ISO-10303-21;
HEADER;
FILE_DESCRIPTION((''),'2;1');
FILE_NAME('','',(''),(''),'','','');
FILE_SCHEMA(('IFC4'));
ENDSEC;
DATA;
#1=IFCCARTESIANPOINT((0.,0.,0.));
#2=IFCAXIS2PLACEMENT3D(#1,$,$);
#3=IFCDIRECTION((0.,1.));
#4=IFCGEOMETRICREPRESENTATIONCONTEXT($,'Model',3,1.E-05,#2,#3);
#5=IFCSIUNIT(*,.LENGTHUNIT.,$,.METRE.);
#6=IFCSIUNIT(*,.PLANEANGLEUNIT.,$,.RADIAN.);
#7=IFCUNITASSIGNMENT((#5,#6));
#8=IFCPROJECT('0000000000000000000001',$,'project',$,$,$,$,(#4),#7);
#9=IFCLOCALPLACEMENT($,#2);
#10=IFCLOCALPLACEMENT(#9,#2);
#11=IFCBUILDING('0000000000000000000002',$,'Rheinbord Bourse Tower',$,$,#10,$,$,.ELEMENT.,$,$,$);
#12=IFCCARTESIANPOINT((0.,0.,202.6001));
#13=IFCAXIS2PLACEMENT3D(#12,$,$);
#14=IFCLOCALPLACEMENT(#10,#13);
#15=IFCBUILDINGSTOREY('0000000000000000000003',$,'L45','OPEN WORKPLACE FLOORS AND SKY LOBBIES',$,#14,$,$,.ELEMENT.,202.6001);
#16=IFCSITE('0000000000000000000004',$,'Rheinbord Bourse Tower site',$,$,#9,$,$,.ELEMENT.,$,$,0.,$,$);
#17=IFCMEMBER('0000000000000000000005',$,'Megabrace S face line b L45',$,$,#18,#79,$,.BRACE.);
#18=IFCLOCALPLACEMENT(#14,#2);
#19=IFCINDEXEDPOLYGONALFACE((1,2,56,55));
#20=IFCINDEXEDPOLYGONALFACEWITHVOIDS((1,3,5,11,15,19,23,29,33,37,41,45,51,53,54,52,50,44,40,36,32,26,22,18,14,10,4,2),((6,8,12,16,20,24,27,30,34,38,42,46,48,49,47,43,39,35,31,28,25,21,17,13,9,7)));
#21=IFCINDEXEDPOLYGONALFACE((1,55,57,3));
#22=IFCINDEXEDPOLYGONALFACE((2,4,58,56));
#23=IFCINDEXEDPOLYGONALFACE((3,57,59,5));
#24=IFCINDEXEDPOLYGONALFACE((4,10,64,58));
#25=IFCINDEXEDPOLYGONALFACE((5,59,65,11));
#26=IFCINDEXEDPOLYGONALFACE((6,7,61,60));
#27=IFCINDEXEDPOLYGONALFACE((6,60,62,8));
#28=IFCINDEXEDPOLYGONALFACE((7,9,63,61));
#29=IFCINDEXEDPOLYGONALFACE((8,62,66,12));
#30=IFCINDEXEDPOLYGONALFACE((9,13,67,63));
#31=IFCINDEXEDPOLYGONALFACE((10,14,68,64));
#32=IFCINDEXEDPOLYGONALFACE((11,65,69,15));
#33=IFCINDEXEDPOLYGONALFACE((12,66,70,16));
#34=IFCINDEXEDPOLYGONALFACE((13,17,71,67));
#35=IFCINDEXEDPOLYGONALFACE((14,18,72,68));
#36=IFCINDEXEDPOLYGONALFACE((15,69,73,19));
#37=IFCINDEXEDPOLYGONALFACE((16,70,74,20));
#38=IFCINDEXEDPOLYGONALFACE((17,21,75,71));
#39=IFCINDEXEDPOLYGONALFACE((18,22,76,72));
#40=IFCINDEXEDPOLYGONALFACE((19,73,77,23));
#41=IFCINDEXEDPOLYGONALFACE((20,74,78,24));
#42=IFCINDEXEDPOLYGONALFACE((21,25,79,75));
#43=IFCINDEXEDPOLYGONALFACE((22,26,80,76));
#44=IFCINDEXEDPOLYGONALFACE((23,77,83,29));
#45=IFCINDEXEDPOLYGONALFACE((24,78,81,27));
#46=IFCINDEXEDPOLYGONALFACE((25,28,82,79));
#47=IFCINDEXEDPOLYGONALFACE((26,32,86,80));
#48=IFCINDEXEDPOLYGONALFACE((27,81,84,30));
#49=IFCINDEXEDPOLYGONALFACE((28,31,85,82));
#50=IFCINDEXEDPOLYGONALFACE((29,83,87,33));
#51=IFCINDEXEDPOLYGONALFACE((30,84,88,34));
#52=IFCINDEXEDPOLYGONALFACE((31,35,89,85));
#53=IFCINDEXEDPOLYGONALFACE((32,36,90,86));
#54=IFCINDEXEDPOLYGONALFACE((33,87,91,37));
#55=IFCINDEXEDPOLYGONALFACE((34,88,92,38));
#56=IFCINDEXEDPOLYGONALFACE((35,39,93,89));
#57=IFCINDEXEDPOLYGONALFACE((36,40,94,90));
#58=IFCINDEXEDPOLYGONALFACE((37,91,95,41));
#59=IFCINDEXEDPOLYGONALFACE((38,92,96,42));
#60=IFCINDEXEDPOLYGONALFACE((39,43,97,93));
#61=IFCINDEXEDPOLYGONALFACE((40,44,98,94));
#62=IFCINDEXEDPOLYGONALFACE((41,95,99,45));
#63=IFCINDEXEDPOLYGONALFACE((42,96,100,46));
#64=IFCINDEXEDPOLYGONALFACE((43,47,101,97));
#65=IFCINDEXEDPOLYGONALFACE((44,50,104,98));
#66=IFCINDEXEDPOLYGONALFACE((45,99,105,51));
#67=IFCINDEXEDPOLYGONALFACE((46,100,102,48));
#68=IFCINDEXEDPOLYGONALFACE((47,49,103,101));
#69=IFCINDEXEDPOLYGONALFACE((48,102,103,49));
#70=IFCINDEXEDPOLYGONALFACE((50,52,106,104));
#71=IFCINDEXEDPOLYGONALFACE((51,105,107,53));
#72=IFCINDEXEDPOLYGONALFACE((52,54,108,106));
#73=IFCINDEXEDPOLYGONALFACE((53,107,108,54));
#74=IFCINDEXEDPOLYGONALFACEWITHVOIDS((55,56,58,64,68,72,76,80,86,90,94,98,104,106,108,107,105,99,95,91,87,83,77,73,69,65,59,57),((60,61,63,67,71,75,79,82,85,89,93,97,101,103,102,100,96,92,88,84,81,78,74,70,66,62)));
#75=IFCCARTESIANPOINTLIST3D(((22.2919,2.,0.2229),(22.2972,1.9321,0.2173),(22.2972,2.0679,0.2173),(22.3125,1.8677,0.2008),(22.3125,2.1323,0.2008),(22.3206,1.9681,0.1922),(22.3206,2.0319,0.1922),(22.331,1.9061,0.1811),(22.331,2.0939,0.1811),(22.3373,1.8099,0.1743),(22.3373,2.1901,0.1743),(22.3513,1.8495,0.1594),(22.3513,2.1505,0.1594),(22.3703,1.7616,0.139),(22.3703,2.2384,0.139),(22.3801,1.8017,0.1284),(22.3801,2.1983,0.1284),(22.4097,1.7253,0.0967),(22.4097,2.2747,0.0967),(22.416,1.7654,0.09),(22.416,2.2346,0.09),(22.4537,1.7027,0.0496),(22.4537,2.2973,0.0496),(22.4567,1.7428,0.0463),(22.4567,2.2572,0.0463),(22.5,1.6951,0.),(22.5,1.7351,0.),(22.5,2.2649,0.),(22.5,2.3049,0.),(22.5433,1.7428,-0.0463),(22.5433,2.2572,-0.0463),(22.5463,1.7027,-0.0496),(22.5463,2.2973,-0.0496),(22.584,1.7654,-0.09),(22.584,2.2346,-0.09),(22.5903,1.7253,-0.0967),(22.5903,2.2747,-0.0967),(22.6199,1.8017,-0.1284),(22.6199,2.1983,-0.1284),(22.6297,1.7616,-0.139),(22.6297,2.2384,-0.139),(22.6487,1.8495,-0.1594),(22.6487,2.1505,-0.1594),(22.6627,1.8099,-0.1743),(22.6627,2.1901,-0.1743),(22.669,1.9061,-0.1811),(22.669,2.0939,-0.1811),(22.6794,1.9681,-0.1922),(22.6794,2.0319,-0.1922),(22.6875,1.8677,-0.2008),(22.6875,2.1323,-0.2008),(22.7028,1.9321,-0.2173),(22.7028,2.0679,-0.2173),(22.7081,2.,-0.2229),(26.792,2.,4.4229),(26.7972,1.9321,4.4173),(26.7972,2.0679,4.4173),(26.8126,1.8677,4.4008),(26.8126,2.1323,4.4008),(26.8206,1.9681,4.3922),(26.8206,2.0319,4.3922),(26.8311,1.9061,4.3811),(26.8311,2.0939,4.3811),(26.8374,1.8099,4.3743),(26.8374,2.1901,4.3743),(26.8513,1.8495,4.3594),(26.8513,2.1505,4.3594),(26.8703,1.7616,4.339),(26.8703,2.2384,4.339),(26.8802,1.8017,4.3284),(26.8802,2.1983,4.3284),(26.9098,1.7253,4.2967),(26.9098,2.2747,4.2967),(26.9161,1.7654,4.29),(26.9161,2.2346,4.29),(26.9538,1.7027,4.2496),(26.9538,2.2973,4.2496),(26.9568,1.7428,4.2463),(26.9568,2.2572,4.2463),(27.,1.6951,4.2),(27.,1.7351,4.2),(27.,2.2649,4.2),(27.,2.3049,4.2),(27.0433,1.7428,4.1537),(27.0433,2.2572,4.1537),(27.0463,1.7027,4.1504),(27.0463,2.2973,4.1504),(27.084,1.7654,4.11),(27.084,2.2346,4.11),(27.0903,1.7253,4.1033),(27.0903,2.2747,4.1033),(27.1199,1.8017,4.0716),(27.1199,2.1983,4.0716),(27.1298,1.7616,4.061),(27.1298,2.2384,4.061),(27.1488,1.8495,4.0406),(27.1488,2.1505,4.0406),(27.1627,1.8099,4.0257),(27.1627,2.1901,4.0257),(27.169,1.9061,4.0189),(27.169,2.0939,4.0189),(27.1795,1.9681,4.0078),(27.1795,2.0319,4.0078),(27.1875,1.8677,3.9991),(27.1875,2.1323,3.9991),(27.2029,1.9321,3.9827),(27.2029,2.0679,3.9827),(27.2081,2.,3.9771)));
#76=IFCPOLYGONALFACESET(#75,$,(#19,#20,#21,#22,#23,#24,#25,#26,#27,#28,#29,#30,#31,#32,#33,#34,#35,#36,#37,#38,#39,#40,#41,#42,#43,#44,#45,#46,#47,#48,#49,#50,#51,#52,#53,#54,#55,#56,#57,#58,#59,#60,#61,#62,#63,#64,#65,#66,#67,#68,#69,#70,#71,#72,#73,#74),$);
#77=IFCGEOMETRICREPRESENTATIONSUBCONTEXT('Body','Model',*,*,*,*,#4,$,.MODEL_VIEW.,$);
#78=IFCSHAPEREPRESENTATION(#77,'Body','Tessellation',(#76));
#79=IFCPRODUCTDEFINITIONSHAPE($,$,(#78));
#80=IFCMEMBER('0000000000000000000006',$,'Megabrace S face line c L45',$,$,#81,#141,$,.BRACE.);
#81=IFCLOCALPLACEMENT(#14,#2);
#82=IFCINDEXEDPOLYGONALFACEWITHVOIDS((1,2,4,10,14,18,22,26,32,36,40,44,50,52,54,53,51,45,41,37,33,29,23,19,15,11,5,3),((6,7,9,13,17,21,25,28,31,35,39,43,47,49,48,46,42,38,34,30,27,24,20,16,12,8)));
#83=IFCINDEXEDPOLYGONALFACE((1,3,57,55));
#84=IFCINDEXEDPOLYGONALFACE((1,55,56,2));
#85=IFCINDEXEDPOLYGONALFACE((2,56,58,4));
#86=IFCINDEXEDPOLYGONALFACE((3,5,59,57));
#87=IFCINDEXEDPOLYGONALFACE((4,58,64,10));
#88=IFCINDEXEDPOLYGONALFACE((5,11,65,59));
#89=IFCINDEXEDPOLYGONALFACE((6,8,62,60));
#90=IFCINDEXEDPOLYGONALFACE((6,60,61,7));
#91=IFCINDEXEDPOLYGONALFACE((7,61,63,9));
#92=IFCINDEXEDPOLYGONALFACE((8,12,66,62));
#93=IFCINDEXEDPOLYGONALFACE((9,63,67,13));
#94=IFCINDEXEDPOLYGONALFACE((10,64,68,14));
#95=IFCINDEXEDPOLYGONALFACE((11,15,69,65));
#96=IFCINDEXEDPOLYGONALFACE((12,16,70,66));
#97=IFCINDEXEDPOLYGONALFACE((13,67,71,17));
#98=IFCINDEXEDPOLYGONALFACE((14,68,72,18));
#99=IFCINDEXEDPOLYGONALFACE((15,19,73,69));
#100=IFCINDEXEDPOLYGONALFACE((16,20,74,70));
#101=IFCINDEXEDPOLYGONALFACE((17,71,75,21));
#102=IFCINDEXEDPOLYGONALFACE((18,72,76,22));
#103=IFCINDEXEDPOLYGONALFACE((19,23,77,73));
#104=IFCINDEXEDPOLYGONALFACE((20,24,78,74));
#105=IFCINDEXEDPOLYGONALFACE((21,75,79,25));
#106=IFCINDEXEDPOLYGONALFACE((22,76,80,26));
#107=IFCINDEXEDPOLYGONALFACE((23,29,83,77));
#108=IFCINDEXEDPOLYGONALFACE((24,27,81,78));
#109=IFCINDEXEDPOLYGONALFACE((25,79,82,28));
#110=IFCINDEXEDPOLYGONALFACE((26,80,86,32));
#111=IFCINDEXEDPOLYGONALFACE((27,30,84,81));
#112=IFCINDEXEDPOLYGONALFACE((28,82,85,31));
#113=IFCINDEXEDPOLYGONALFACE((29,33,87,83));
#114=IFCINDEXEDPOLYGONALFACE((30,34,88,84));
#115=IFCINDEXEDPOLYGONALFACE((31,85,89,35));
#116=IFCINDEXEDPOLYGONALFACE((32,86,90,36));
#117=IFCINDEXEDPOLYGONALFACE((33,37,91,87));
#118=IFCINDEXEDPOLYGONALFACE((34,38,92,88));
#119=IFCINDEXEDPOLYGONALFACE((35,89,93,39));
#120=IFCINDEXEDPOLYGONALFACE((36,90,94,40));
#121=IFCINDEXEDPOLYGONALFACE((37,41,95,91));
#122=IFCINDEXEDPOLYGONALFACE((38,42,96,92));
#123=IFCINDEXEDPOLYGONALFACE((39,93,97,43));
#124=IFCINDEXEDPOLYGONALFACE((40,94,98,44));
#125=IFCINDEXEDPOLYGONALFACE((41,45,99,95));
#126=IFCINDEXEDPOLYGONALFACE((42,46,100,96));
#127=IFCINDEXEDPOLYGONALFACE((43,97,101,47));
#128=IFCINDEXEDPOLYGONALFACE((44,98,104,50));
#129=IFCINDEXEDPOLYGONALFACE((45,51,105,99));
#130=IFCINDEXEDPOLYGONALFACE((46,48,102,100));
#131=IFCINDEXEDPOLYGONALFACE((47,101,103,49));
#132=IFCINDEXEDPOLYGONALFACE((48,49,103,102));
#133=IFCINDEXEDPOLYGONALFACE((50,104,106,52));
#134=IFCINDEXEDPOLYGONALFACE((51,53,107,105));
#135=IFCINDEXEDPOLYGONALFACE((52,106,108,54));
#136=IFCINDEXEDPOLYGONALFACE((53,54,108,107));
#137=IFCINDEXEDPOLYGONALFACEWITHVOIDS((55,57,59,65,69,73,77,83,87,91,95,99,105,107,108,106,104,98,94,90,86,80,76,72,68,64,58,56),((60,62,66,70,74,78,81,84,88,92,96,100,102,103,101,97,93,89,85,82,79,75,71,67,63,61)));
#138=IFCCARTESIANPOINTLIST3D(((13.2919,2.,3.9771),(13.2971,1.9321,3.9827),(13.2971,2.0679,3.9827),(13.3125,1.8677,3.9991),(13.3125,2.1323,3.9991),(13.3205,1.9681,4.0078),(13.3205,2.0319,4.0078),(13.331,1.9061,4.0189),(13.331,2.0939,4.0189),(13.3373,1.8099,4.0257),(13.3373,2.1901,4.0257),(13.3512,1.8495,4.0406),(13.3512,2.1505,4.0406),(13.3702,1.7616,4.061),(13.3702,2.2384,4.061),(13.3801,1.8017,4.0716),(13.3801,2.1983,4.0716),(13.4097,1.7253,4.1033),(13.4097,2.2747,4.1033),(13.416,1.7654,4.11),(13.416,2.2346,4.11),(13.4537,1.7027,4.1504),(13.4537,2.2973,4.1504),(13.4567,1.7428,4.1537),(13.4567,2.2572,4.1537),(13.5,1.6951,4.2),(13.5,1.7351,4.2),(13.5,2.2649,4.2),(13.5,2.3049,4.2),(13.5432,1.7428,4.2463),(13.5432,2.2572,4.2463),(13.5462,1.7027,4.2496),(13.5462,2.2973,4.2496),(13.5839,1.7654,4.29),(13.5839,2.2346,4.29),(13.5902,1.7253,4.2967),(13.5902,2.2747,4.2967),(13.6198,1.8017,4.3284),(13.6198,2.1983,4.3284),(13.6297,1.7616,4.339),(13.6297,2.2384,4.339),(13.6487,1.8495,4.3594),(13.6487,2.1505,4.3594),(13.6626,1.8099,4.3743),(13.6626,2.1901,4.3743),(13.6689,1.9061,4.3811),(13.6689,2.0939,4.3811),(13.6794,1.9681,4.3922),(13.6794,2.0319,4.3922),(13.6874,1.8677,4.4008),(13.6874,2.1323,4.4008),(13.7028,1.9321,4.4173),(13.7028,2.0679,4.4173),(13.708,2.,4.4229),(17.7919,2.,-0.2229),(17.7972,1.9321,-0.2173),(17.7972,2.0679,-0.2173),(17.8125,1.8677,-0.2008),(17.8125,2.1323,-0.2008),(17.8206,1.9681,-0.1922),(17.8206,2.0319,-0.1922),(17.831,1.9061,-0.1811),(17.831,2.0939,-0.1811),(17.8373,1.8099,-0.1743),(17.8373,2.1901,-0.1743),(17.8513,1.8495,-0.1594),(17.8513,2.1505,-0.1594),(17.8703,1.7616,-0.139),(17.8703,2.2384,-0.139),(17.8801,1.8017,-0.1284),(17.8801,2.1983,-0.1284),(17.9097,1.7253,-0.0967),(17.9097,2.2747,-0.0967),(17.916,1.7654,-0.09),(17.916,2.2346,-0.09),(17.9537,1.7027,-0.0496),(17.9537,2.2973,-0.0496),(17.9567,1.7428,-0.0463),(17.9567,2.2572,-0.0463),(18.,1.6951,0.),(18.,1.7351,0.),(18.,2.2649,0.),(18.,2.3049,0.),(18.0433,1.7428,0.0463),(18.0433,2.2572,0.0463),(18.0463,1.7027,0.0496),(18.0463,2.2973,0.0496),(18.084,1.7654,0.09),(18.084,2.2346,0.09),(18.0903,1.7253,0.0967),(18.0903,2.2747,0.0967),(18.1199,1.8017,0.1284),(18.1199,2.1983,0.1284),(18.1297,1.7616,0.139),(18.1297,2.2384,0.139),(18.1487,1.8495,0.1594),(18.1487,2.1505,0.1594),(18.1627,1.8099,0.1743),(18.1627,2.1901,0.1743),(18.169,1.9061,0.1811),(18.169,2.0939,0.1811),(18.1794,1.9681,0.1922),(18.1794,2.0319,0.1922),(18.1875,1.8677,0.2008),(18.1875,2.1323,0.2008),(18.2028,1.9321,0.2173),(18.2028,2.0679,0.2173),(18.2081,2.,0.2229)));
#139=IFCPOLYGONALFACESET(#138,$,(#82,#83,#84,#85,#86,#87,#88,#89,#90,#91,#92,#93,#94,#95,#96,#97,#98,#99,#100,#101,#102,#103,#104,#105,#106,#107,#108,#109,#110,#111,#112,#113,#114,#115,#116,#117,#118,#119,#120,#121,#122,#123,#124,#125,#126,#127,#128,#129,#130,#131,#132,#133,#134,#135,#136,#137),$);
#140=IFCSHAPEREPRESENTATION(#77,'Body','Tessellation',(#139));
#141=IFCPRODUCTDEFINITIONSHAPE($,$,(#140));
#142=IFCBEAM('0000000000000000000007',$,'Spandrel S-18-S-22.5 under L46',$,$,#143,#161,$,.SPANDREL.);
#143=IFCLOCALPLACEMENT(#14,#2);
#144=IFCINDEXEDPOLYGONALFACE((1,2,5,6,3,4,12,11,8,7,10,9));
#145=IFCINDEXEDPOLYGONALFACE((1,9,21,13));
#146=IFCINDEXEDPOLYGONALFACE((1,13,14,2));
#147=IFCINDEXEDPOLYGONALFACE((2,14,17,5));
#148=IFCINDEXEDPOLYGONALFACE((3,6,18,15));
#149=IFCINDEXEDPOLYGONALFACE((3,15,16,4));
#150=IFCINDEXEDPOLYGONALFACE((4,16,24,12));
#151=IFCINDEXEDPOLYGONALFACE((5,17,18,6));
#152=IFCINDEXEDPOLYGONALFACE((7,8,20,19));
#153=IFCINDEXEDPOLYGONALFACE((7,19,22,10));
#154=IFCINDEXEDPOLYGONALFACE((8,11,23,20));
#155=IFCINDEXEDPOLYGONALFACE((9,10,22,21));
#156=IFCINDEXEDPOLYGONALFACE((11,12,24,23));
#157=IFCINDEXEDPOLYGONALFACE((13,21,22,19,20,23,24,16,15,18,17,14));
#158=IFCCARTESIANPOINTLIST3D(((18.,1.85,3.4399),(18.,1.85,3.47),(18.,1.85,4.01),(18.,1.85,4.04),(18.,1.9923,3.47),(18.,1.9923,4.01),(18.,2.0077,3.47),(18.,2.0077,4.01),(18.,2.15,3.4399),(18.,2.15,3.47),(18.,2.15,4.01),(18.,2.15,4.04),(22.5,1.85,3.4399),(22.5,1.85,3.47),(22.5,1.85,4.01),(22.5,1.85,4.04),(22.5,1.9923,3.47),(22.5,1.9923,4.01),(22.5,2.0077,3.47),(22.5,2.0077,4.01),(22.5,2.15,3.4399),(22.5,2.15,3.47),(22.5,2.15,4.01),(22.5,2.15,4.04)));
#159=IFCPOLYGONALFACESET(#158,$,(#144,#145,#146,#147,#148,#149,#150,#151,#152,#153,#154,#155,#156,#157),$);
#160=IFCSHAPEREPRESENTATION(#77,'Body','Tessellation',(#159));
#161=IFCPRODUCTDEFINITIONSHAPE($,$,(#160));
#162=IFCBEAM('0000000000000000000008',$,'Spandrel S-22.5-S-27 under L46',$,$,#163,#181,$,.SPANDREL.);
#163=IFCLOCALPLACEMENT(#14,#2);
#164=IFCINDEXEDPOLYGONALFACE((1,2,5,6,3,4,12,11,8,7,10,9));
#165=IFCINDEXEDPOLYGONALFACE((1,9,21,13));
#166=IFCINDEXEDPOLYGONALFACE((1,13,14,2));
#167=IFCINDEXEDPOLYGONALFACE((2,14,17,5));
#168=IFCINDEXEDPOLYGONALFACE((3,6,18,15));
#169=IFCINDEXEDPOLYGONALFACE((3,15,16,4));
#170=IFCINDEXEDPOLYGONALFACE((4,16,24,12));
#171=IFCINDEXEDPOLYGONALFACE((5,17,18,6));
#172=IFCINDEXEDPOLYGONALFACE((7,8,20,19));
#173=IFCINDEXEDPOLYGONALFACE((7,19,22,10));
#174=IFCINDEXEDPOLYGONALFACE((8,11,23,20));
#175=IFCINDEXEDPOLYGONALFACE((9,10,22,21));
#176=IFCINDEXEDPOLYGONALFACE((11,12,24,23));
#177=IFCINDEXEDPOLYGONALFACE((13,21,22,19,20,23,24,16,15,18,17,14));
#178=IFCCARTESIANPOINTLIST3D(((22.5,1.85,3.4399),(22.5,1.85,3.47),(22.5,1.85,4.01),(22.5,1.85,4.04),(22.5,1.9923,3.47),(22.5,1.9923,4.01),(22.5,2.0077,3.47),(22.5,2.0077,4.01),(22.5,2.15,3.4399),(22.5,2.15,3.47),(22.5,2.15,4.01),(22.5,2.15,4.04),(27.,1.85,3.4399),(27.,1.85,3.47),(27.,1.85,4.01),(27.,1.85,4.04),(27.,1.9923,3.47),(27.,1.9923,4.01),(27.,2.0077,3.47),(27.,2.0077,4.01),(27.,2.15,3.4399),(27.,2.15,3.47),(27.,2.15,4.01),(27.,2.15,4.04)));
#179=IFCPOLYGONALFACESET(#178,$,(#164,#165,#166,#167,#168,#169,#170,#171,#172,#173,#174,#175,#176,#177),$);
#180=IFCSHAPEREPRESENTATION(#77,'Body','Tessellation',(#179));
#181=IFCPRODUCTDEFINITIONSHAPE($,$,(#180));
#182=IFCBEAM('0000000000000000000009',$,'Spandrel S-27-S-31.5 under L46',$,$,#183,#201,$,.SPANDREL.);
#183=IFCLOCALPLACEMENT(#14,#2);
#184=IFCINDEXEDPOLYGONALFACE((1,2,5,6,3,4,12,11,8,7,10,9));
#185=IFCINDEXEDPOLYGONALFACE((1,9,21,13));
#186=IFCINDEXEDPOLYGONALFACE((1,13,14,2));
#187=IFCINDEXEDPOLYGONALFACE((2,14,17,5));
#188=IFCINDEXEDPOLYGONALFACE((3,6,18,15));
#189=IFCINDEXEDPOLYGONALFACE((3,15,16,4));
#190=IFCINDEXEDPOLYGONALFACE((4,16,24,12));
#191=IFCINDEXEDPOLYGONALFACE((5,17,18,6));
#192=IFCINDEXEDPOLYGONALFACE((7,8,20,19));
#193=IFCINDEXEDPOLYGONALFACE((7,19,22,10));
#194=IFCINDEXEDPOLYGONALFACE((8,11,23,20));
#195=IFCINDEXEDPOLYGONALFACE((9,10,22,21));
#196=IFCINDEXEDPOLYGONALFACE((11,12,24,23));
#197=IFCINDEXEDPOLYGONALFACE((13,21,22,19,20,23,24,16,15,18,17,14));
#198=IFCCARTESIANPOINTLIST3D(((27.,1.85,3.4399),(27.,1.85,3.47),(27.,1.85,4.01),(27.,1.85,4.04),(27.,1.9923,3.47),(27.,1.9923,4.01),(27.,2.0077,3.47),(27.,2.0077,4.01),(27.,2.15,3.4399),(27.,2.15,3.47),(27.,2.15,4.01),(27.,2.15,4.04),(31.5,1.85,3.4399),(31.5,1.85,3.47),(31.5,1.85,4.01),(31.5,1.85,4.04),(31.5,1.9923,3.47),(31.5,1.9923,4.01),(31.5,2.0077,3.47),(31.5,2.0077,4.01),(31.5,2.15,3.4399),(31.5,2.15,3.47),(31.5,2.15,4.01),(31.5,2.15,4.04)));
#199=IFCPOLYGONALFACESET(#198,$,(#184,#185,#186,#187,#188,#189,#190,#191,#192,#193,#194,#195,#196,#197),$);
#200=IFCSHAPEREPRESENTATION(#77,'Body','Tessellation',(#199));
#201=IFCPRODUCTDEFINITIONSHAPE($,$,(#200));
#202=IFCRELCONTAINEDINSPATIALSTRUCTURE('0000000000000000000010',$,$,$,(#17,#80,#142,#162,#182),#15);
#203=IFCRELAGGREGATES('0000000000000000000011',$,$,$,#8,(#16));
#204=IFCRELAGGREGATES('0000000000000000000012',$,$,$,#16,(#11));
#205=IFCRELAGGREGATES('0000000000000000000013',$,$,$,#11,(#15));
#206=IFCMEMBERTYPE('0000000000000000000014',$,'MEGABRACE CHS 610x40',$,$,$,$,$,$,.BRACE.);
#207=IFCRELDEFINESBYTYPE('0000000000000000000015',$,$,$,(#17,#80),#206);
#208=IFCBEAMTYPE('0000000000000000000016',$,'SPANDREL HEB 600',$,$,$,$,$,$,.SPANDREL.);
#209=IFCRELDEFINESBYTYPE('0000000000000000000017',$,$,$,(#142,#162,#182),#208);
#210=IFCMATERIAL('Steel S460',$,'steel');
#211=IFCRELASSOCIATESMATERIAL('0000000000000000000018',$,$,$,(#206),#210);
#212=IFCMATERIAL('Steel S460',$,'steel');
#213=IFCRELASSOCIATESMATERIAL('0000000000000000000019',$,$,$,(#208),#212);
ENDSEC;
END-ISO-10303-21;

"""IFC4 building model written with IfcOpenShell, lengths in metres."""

from ifc_helpers import new_model, si_unit, direction, frame, origin, origin_2d, place, context, subcontext, project, spatial, hollow_circle, i_section, extrude, material, material_profile, profile_set, type_object, element, save


model = new_model("IFC4")

# Units and contexts
model_context = context("Model", 3, precision=1e-05, world=origin(), true_north=direction((0.0, 1.0)))
body_context = subcontext(model_context, "Body", "Model", "MODEL_VIEW")
ifc_project = project(units=[si_unit("LENGTHUNIT", "METRE"), si_unit("PLANEANGLEUNIT", "RADIAN")], contexts=[model_context])

# Site, building, storey
site_placement = place(None, origin())
site = spatial("IfcSite", under=ifc_project, at=site_placement, Name="Rheinbord Bourse Tower site", CompositionType="ELEMENT", RefElevation=0.0)
building_placement = place(site_placement, origin())
building = spatial("IfcBuilding", under=site, at=building_placement, Name="Rheinbord Bourse Tower", CompositionType="ELEMENT")
storey_placement = place(building_placement, frame((0.0, 0.0, 202.6001)))
storey = spatial("IfcBuildingStorey", under=building, at=storey_placement, Name="L45", Description="OPEN WORKPLACE FLOORS AND SKY LOBBIES", CompositionType="ELEMENT", Elevation=202.6001)

# Members
ifc_material_1 = material(Name="Steel S460", Category="steel")
ifc_material_profile_1 = material_profile(ifc_material_1, hollow_circle(Radius=0.3049, WallThickness=0.04, at=origin_2d()), Name="CHS 610x40")
ifc_profile_set_1 = profile_set([ifc_material_profile_1], Name="Steel S460")
member_type_1 = type_object("IfcMemberType", Name="MEGABRACE CHS 610x40", PredefinedType="BRACE", material=ifc_profile_set_1)
for number, where, z_axis, x_axis, name in (
    (1, (22.5, 2.0, 0.0), (0.731059, 0.0, 0.682314), (0.0, 1.0, 0.0), "Megabrace S face line b L45"),
    (2, (18.0, 2.0, 0.0), (-0.731059, 0.0, 0.682314), (0.0, -1.0, 0.0), "Megabrace S face line c L45"),
):
    element("IfcMember", number, at=place(storey_placement, frame(where, z_axis=z_axis, x_axis=x_axis)), inside=storey, type_object=member_type_1, Name=name, PredefinedType="BRACE", context=body_context, shape_type="SweptSolid", body=[
        extrude(hollow_circle(Radius=0.3049, WallThickness=0.04, at=origin_2d()), origin(), (0.0, 0.0, 1.0), 6.1555),
    ])

# Beams
ifc_material_2 = material(Name="Steel S460", Category="steel")
ifc_material_profile_2 = material_profile(ifc_material_2, i_section(OverallWidth=0.3, OverallDepth=0.6001, WebThickness=0.0154, FlangeThickness=0.03, at=origin_2d()), Name="HEB 600")
ifc_profile_set_2 = profile_set([ifc_material_profile_2], Name="Steel S460")
beam_type_1 = type_object("IfcBeamType", Name="SPANDREL HEB 600", PredefinedType="SPANDREL", material=ifc_profile_set_2)
for number, where, z_axis, x_axis, name in (
    (3, (18.0, 2.0, 3.74), (1.0, 0.0, 0.0), (0.0, 1.0, 0.0), "Spandrel S-18-S-22.5 under L46"),
    (4, (22.5, 2.0, 3.74), (1.0, 0.0, 0.0), (0.0, 1.0, 0.0), "Spandrel S-22.5-S-27 under L46"),
    (5, (27.0, 2.0, 3.74), (1.0, 0.0, 0.0), (0.0, 1.0, 0.0), "Spandrel S-27-S-31.5 under L46"),
):
    element("IfcBeam", number, at=place(storey_placement, frame(where, z_axis=z_axis, x_axis=x_axis)), inside=storey, type_object=beam_type_1, Name=name, PredefinedType="SPANDREL", context=body_context, shape_type="SweptSolid", body=[
        extrude(i_section(OverallWidth=0.3, OverallDepth=0.6001, WebThickness=0.0154, FlangeThickness=0.03, at=origin_2d()), origin(), (0.0, 0.0, 1.0), 4.5),
    ])

save(model, "model.ifc")
